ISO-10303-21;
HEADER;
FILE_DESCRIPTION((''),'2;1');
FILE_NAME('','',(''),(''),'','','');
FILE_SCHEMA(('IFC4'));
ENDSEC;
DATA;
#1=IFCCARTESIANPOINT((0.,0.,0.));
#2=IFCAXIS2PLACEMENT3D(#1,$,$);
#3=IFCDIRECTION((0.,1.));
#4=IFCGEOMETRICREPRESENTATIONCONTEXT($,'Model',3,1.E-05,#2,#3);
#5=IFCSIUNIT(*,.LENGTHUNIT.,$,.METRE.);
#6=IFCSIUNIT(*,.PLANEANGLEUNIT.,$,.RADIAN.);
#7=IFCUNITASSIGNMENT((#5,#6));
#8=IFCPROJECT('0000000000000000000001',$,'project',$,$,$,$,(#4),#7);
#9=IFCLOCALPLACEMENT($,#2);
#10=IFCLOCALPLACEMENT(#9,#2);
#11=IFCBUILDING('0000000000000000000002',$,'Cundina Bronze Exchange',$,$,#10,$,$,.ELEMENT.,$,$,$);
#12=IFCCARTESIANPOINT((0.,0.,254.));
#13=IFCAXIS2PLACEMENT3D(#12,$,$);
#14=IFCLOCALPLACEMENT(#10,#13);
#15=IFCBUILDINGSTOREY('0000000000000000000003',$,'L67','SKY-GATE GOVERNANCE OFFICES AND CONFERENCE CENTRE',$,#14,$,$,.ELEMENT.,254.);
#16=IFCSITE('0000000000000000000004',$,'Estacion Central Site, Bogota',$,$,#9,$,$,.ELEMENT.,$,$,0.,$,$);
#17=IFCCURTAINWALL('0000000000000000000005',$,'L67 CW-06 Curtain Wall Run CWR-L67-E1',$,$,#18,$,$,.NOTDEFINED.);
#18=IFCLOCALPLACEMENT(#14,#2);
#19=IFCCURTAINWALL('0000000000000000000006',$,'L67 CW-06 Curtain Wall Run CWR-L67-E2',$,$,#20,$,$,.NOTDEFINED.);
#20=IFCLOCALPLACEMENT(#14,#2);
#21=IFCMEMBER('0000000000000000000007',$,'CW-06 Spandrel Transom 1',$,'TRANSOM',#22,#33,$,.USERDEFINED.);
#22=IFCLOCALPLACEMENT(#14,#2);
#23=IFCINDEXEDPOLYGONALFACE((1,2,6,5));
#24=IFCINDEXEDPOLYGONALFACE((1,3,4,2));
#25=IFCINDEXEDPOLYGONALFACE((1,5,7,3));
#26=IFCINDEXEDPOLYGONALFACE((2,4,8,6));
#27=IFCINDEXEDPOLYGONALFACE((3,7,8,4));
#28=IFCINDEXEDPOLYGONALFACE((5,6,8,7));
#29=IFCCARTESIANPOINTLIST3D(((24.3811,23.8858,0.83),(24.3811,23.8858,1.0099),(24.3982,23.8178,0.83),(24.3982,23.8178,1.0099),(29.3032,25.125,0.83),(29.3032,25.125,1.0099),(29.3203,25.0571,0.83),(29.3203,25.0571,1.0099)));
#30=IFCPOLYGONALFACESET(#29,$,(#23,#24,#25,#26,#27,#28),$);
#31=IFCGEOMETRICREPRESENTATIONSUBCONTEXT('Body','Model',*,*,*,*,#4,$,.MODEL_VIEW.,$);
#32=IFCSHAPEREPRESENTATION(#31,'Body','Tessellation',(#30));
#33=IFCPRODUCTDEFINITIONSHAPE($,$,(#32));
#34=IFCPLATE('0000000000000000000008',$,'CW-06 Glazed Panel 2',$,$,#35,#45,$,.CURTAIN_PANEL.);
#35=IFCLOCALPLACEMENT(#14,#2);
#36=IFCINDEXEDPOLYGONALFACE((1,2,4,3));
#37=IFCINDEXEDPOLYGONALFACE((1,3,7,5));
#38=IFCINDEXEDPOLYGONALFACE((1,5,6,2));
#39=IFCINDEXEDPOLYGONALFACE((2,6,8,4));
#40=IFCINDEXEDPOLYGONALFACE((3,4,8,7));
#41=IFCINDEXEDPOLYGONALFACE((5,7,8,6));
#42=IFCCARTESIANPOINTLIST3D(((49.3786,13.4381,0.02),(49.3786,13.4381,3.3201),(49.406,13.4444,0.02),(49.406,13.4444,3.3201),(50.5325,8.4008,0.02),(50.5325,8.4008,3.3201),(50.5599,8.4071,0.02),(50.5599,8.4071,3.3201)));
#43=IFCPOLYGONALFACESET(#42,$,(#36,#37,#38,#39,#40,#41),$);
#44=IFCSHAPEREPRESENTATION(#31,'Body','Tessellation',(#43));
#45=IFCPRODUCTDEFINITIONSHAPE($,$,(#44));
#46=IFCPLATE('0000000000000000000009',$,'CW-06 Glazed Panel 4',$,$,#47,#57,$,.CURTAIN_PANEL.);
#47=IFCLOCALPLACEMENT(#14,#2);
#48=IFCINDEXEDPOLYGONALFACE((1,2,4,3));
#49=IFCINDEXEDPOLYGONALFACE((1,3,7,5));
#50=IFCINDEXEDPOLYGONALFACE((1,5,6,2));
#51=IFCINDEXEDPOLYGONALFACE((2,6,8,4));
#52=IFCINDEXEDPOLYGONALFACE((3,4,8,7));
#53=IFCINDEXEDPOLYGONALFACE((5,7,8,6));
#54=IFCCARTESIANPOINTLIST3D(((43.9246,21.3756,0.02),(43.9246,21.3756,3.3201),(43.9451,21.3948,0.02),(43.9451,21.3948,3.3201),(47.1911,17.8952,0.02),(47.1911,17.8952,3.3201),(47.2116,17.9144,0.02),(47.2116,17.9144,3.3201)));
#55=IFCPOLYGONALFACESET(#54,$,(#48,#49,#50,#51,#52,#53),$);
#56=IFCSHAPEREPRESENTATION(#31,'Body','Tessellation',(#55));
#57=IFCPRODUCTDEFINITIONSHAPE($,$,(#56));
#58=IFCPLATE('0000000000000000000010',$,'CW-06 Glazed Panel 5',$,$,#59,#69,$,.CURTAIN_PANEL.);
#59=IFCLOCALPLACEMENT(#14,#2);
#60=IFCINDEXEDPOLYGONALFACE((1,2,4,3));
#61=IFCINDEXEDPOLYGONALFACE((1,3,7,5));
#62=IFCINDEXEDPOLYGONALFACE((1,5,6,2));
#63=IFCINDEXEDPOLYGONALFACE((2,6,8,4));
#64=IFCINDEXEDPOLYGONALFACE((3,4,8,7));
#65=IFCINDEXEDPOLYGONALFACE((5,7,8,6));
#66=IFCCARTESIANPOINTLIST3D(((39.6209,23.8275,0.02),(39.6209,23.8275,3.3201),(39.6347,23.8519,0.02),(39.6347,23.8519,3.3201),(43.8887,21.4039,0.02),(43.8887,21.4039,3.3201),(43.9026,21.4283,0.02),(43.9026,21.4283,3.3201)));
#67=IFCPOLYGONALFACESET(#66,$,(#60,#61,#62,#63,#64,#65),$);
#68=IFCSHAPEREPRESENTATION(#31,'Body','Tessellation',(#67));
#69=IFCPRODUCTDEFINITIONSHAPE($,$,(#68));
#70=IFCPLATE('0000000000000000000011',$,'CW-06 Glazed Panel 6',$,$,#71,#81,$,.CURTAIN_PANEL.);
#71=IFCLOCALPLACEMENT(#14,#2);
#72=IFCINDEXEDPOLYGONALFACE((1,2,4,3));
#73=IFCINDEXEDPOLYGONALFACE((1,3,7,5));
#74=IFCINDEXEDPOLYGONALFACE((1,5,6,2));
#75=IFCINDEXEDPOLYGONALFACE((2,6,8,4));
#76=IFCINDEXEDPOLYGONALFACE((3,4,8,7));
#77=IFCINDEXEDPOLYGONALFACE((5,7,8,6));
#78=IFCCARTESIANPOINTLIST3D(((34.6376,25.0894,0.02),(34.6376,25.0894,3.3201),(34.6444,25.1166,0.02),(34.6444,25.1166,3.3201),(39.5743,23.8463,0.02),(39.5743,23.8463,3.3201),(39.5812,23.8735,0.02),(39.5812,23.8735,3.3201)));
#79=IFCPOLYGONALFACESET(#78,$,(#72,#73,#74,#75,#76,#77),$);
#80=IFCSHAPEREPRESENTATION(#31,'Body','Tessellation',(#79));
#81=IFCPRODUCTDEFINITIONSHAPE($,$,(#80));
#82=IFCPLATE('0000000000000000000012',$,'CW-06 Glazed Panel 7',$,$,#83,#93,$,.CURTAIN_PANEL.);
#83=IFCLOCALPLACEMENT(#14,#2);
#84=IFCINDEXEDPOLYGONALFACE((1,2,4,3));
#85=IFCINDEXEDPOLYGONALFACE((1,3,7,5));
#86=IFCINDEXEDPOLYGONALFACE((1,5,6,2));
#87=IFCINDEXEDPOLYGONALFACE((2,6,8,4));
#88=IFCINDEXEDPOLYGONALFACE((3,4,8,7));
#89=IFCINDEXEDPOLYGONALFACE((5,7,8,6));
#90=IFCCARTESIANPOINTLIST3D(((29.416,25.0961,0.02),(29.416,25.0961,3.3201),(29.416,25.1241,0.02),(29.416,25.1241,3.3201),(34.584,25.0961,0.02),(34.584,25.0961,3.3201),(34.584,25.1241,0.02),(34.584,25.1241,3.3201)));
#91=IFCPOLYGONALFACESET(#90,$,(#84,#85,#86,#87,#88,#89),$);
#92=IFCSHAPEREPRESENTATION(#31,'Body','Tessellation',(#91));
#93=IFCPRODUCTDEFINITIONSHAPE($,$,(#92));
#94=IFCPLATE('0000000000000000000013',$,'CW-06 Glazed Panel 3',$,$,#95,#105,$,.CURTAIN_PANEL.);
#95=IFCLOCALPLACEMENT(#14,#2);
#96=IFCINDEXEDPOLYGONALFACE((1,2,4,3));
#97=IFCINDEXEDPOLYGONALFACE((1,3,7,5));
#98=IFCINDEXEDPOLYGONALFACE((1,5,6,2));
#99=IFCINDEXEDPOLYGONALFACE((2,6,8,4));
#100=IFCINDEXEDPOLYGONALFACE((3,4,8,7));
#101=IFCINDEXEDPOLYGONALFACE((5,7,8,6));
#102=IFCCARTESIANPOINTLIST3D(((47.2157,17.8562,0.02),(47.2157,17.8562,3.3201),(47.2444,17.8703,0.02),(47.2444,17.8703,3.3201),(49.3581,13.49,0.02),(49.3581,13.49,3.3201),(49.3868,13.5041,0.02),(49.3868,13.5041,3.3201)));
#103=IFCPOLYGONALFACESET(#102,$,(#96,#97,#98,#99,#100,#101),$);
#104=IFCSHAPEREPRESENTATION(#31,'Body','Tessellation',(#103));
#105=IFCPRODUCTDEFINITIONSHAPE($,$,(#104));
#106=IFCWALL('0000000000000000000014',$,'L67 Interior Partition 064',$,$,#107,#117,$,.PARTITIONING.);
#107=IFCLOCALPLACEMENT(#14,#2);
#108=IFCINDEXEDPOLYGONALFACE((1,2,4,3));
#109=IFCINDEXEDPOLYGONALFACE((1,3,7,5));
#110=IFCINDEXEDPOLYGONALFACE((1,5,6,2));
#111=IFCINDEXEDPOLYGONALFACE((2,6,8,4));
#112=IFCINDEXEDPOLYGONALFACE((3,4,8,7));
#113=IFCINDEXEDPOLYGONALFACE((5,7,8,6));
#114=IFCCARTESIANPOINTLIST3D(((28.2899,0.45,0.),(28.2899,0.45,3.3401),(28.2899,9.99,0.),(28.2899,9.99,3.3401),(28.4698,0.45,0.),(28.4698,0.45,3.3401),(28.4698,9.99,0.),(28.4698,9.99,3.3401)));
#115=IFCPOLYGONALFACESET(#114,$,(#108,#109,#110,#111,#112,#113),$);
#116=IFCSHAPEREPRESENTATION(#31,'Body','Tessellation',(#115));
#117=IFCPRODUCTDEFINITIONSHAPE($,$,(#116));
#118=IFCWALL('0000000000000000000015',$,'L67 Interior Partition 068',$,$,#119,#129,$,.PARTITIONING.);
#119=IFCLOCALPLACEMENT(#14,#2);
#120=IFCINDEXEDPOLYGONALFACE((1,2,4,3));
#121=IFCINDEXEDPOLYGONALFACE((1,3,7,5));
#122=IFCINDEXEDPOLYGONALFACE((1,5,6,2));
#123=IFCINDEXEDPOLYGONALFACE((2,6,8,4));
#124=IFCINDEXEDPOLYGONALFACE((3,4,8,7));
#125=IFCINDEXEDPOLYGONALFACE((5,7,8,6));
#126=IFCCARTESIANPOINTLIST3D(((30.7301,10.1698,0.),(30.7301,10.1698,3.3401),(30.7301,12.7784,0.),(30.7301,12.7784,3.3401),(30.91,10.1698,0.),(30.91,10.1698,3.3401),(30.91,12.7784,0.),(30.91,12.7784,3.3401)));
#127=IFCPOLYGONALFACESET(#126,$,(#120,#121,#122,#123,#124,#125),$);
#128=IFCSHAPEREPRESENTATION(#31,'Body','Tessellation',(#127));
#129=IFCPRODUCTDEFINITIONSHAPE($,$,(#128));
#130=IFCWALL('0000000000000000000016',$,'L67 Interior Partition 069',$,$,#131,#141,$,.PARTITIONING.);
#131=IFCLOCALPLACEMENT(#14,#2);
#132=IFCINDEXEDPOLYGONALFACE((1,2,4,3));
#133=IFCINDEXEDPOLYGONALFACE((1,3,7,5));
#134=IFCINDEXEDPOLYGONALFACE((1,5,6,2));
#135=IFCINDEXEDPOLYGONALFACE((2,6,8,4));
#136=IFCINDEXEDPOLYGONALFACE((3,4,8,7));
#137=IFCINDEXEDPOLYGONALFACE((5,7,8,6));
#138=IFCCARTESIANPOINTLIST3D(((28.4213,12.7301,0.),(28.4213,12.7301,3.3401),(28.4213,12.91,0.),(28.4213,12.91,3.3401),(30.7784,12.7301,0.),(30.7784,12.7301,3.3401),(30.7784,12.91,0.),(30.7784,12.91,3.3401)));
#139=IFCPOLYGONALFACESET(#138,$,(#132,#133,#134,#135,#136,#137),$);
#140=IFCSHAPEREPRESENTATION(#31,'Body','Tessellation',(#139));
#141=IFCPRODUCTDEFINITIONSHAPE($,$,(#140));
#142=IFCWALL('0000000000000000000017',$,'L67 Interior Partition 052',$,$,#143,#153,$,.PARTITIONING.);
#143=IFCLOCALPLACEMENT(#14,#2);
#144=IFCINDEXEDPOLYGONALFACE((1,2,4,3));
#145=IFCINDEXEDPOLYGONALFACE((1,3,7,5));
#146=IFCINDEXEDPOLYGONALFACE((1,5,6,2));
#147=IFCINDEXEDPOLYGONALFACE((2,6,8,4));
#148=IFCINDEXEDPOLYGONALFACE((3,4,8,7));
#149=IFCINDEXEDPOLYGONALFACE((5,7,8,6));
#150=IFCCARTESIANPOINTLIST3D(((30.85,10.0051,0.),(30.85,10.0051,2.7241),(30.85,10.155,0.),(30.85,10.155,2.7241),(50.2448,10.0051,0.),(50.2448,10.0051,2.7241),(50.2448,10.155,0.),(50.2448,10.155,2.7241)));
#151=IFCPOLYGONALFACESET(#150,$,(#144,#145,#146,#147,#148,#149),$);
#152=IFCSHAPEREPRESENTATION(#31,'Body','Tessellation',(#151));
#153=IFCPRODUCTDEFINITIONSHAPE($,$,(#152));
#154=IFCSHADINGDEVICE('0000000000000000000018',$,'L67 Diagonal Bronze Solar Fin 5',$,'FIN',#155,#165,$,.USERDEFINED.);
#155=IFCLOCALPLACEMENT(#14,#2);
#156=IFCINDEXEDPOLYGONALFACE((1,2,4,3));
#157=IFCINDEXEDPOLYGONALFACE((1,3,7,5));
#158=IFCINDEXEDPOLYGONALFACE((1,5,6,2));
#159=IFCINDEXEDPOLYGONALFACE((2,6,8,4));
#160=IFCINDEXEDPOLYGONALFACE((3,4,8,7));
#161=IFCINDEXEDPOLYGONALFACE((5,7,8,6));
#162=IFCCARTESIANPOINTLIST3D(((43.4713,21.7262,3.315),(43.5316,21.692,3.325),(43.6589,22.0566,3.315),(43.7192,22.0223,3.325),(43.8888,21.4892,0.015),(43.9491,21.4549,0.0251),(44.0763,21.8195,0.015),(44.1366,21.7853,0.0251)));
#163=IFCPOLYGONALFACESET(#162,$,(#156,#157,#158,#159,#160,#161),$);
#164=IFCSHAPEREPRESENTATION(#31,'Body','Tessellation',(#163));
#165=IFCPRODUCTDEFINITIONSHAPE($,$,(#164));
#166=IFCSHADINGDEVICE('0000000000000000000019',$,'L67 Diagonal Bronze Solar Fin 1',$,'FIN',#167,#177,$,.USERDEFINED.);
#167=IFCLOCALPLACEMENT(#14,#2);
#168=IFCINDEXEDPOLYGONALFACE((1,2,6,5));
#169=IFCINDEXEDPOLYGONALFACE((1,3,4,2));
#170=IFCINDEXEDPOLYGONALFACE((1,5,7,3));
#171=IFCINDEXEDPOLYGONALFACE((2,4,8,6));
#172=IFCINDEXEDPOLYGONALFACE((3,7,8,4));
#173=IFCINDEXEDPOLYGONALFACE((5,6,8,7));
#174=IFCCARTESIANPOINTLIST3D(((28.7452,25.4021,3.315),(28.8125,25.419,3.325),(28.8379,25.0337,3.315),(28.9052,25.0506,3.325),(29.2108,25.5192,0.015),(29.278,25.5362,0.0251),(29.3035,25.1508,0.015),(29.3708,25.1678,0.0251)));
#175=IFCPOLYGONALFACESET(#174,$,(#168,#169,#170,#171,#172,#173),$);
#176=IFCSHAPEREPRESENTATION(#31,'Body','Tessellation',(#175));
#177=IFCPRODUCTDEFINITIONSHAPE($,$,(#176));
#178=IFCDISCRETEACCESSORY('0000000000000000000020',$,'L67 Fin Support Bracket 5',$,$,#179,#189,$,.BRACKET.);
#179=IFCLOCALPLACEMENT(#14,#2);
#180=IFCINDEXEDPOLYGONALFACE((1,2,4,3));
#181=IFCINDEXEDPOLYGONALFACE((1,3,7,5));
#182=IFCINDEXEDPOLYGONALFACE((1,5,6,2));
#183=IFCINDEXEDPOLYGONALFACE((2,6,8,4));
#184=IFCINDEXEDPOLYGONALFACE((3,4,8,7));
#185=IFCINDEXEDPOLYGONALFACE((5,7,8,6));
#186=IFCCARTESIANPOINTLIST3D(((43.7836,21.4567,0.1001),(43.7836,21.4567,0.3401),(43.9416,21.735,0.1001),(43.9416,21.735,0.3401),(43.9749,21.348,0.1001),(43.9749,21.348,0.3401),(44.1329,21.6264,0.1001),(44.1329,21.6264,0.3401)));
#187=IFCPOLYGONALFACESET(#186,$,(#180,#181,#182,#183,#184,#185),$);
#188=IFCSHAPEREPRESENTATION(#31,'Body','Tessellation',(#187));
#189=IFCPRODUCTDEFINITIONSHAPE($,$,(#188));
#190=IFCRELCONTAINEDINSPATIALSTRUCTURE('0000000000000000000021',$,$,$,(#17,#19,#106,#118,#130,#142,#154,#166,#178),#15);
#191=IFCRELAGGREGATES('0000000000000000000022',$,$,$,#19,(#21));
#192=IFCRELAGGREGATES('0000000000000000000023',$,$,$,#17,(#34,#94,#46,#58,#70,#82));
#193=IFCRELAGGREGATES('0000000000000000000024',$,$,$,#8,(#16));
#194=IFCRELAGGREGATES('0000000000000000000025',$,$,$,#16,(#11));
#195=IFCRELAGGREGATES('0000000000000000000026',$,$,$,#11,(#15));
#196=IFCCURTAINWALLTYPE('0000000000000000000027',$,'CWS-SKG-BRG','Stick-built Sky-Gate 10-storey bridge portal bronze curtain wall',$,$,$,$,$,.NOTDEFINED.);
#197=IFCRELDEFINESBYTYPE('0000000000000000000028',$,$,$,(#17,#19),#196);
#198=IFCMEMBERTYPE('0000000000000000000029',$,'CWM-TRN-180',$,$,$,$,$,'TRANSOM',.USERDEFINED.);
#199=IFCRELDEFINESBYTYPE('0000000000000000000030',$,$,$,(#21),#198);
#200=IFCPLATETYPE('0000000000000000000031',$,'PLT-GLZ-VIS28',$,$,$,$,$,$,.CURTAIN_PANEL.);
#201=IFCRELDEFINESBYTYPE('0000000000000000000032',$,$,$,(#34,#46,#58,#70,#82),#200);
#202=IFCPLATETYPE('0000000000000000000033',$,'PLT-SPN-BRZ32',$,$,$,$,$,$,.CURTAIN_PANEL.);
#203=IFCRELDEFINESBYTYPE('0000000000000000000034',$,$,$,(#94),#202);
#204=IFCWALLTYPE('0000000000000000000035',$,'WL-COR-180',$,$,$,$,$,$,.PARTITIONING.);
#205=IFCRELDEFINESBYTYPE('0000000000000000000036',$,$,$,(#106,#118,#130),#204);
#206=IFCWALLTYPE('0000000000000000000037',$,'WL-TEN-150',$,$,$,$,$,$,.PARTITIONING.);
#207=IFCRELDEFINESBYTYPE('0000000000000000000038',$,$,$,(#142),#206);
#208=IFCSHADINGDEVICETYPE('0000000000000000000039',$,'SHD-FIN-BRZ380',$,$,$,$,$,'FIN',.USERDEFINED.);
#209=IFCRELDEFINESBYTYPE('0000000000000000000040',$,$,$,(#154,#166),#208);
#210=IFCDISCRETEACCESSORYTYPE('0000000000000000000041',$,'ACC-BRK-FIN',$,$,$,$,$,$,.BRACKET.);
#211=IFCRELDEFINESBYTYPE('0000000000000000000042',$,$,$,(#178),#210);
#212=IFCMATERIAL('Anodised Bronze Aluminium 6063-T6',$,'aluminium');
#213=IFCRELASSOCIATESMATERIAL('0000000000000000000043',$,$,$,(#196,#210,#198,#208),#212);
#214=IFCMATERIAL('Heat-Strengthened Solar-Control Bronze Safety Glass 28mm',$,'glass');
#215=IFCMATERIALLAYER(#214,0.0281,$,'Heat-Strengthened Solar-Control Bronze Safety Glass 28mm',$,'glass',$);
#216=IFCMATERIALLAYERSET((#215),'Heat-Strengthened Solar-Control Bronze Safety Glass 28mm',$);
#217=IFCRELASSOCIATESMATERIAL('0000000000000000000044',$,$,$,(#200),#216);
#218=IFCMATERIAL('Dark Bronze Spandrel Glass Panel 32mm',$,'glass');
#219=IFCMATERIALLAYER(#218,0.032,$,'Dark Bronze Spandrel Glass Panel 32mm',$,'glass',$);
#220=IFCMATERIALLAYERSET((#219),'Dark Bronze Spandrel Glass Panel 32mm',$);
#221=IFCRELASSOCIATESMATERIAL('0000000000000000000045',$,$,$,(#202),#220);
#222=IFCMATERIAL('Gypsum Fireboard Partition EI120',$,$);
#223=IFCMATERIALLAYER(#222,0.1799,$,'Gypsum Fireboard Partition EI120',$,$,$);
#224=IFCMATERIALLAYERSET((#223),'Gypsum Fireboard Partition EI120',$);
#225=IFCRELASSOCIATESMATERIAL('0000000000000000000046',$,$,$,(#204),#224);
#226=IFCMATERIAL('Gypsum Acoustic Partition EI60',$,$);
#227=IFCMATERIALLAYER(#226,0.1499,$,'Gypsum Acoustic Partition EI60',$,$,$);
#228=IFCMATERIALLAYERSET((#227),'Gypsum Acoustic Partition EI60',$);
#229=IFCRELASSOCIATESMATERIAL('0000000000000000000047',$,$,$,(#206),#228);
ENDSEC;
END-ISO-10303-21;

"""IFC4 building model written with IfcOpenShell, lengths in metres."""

from ifc_helpers import new_model, si_unit, direction, frame, frame_2d, origin, origin_2d, place, context, subcontext, project, spatial, rectangle, extrude, material, layer, layer_set, material_profile, profile_set, type_object, element, aggregate, save


model = new_model("IFC4")

# Units and contexts
model_context = context("Model", 3, precision=1e-05, world=origin(), true_north=direction((0.0, 1.0)))
body_context = subcontext(model_context, "Body", "Model", "MODEL_VIEW")
ifc_project = project(units=[si_unit("LENGTHUNIT", "METRE"), si_unit("PLANEANGLEUNIT", "RADIAN")], contexts=[model_context])

# Site, building, storey
site_placement = place(None, origin())
site = spatial("IfcSite", under=ifc_project, at=site_placement, Name="Estacion Central Site, Bogota", CompositionType="ELEMENT", RefElevation=0.0)
building_placement = place(site_placement, origin())
building = spatial("IfcBuilding", under=site, at=building_placement, Name="Cundina Bronze Exchange", CompositionType="ELEMENT")
storey_placement = place(building_placement, frame((0.0, 0.0, 254.0)))
storey = spatial("IfcBuildingStorey", under=building, at=storey_placement, Name="L67", Description="SKY-GATE GOVERNANCE OFFICES AND CONFERENCE CENTRE", CompositionType="ELEMENT", Elevation=254.0)

# Curtain wall
ifc_material_1 = material(Name="Anodised Bronze Aluminium 6063-T6", Category="aluminium")
curtain_wall_type = type_object("IfcCurtainWallType", Name="CWS-SKG-BRG", Description="Stick-built Sky-Gate 10-storey bridge portal bronze curtain wall", PredefinedType="NOTDEFINED", material=ifc_material_1)
curtain_wall_1_placement = place(storey_placement, origin())
curtain_wall_1 = element("IfcCurtainWall", 1, at=curtain_wall_1_placement, inside=storey, type_object=curtain_wall_type, Name="L67 CW-06 Curtain Wall Run CWR-L67-E1", PredefinedType="NOTDEFINED")

# Curtain wall
curtain_wall_2_placement = place(storey_placement, origin())
curtain_wall_2 = element("IfcCurtainWall", 2, at=curtain_wall_2_placement, inside=storey, type_object=curtain_wall_type, Name="L67 CW-06 Curtain Wall Run CWR-L67-E2", PredefinedType="NOTDEFINED")

# Member
ifc_material_profile_1 = material_profile(ifc_material_1, rectangle(XDim=0.0701, YDim=0.1799, at=origin_2d()), Name="AL70X180", Category="aluminium")
ifc_profile_set_1 = profile_set([ifc_material_profile_1], Name="Anodised Bronze Aluminium 6063-T6")
member_type_1 = type_object("IfcMemberType", Name="CWM-TRN-180", ElementType="TRANSOM", PredefinedType="USERDEFINED", material=ifc_profile_set_1)
member_1_placement = place(storey_placement, frame((29.3118, 25.0911, 0.9199), z_axis=(-0.969737, -0.244154, 0.0), x_axis=(0.244154, -0.969737, 0.0)))
member_1 = element("IfcMember", 3, at=member_1_placement, type_object=member_type_1, Name="CW-06 Spandrel Transom 1", ObjectType="TRANSOM", PredefinedType="USERDEFINED", context=body_context, shape_type="SweptSolid", body=[
    extrude(rectangle(XDim=0.0701, YDim=0.1799, at=origin_2d()), origin(), (0.0, 0.0, 1.0), 5.0757),
])
aggregate(curtain_wall_2, [member_1])

# Plates
ifc_material_2 = material(Name="Heat-Strengthened Solar-Control Bronze Safety Glass 28mm", Category="glass")
ifc_layer_1 = layer(ifc_material_2, 0.0281, Name="Heat-Strengthened Solar-Control Bronze Safety Glass 28mm", Category="glass")
ifc_layer_set_1 = layer_set([ifc_layer_1], Name="Heat-Strengthened Solar-Control Bronze Safety Glass 28mm")
plate_type_1 = type_object("IfcPlateType", Name="PLT-GLZ-VIS28", PredefinedType="CURTAIN_PANEL", material=ifc_layer_set_1)
plate_1_placement = place(storey_placement, frame((49.9692, 10.9226, 0.02), z_axis=(0.0, 0.0, 1.0), x_axis=(-0.223284, 0.974753, 0.0)))
plate_1 = element("IfcPlate", 4, at=plate_1_placement, type_object=plate_type_1, Name="CW-06 Glazed Panel 2", PredefinedType="CURTAIN_PANEL", context=body_context, shape_type="SweptSolid", body=[
    extrude(rectangle(XDim=5.1677, YDim=0.0281, at=origin_2d()), origin(), (0.0, 0.0, 1.0), 3.3),
])
plate_2_placement = place(storey_placement, frame((45.5681, 19.645, 0.02), z_axis=(0.0, 0.0, 1.0), x_axis=(-0.684344, 0.72916, 0.0)))
plate_2 = element("IfcPlate", 5, at=plate_2_placement, type_object=plate_type_1, Name="CW-06 Glazed Panel 4", PredefinedType="CURTAIN_PANEL", context=body_context, shape_type="SweptSolid", body=[
    extrude(rectangle(XDim=4.7732, YDim=0.0281, at=origin_2d()), origin(), (0.0, 0.0, 1.0), 3.3),
])
plate_3_placement = place(storey_placement, frame((41.7617, 22.6279, 0.02), z_axis=(0.0, 0.0, 1.0), x_axis=(-0.869573, 0.493805, 0.0)))
plate_3 = element("IfcPlate", 6, at=plate_3_placement, type_object=plate_type_1, Name="CW-06 Glazed Panel 5", PredefinedType="CURTAIN_PANEL", context=body_context, shape_type="SweptSolid", body=[
    extrude(rectangle(XDim=4.908, YDim=0.0281, at=origin_2d()), origin(), (0.0, 0.0, 1.0), 3.3),
])
plate_4_placement = place(storey_placement, frame((37.1094, 24.4814, 0.02), z_axis=(0.0, 0.0, 1.0), x_axis=(-0.969732, 0.244174, 0.0)))
plate_4 = element("IfcPlate", 7, at=plate_4_placement, type_object=plate_type_1, Name="CW-06 Glazed Panel 6", PredefinedType="CURTAIN_PANEL", context=body_context, shape_type="SweptSolid", body=[
    extrude(rectangle(XDim=5.0908, YDim=0.0281, at=origin_2d()), origin(), (0.0, 0.0, 1.0), 3.3),
])
plate_5_placement = place(storey_placement, frame((32.0, 25.1101, 0.02), z_axis=(0.0, 0.0, 1.0), x_axis=(-1.0, 0.0, 0.0)))
plate_5 = element("IfcPlate", 8, at=plate_5_placement, type_object=plate_type_1, Name="CW-06 Glazed Panel 7", PredefinedType="CURTAIN_PANEL", context=body_context, shape_type="SweptSolid", body=[
    extrude(rectangle(XDim=5.168, YDim=0.0281, at=origin_2d()), origin(), (0.0, 0.0, 1.0), 3.3),
])
ifc_material_3 = material(Name="Dark Bronze Spandrel Glass Panel 32mm", Category="glass")
ifc_layer_2 = layer(ifc_material_3, 0.032, Name="Dark Bronze Spandrel Glass Panel 32mm", Category="glass")
ifc_layer_set_2 = layer_set([ifc_layer_2], Name="Dark Bronze Spandrel Glass Panel 32mm")
plate_type_2 = type_object("IfcPlateType", Name="PLT-SPN-BRZ32", PredefinedType="CURTAIN_PANEL", material=ifc_layer_set_2)
plate_6_placement = place(storey_placement, frame((48.3013, 15.6802, 0.02), z_axis=(0.0, 0.0, 1.0), x_axis=(-0.440503, 0.897751, 0.0)))
plate_6 = element("IfcPlate", 9, at=plate_6_placement, type_object=plate_type_2, Name="CW-06 Glazed Panel 3", PredefinedType="CURTAIN_PANEL", context=body_context, shape_type="SweptSolid", body=[
    extrude(rectangle(XDim=4.8635, YDim=0.032, at=origin_2d()), origin(), (0.0, 0.0, 1.0), 3.3),
])
aggregate(curtain_wall_1, [plate_1, plate_6, plate_2, plate_3, plate_4, plate_5])

# Wall
ifc_material_4 = material(Name="Gypsum Fireboard Partition EI120")
ifc_layer_3 = layer(ifc_material_4, 0.1799, Name="Gypsum Fireboard Partition EI120")
ifc_layer_set_3 = layer_set([ifc_layer_3], Name="Gypsum Fireboard Partition EI120")
wall_type_1 = type_object("IfcWallType", Name="WL-COR-180", PredefinedType="PARTITIONING", material=ifc_layer_set_3)
wall_1_placement = place(storey_placement, frame((28.3799, 9.99, 0.0), z_axis=(0.0, 0.0, 1.0), x_axis=(0.0, -1.0, 0.0)))
element("IfcWall", 10, at=wall_1_placement, inside=storey, type_object=wall_type_1, Name="L67 Interior Partition 064", PredefinedType="PARTITIONING", context=body_context, shape_type="SweptSolid", body=[
    extrude(rectangle(XDim=9.54, YDim=0.1799, at=frame_2d((4.77, 0.0))), origin(), (0.0, 0.0, 1.0), 3.3401),
])

# Walls
wall_2_placement = place(storey_placement, frame((30.8201, 10.1699, 0.0), z_axis=(0.0, 0.0, 1.0), x_axis=(0.0, 1.0, 0.0)))
element("IfcWall", 11, at=wall_2_placement, inside=storey, type_object=wall_type_1, Name="L67 Interior Partition 068", PredefinedType="PARTITIONING", context=body_context, shape_type="SweptSolid", body=[
    extrude(rectangle(XDim=2.6086, YDim=0.1799, at=frame_2d((1.3042, 0.0))), origin(), (0.0, 0.0, 1.0), 3.3401),
])
wall_3_placement = place(storey_placement, frame((30.7786, 12.8201, 0.0), z_axis=(0.0, 0.0, 1.0), x_axis=(-1.0, 0.0, 0.0)))
element("IfcWall", 12, at=wall_3_placement, inside=storey, type_object=wall_type_1, Name="L67 Interior Partition 069", PredefinedType="PARTITIONING", context=body_context, shape_type="SweptSolid", body=[
    extrude(rectangle(XDim=2.3572, YDim=0.1799, at=frame_2d((1.1787, 0.0))), origin(), (0.0, 0.0, 1.0), 3.3401),
])
ifc_material_5 = material(Name="Gypsum Acoustic Partition EI60")
ifc_layer_4 = layer(ifc_material_5, 0.1499, Name="Gypsum Acoustic Partition EI60")
ifc_layer_set_4 = layer_set([ifc_layer_4], Name="Gypsum Acoustic Partition EI60")
wall_type_2 = type_object("IfcWallType", Name="WL-TEN-150", PredefinedType="PARTITIONING", material=ifc_layer_set_4)
wall_4_placement = place(storey_placement, frame((30.8501, 10.0801, 0.0), z_axis=(0.0, 0.0, 1.0), x_axis=(1.0, 0.0, 0.0)))
element("IfcWall", 13, at=wall_4_placement, inside=storey, type_object=wall_type_2, Name="L67 Interior Partition 052", PredefinedType="PARTITIONING", context=body_context, shape_type="SweptSolid", body=[
    extrude(rectangle(XDim=19.3948, YDim=0.1499, at=frame_2d((9.6973, 0.0))), origin(), (0.0, 0.0, 1.0), 2.7241),
])

# Shading devices
ifc_material_profile_2 = material_profile(ifc_material_1, rectangle(XDim=0.0701, YDim=0.3799, at=origin_2d()), Name="FIN70X380", Category="aluminium")
ifc_profile_set_2 = profile_set([ifc_material_profile_2], Name="Anodised Bronze Aluminium 6063-T6")
shading_device_type = type_object("IfcShadingDeviceType", Name="SHD-FIN-BRZ380", ElementType="FIN", PredefinedType="USERDEFINED", material=ifc_profile_set_2)
for number, where, z_axis, x_axis, name in (
    (14, (44.0127, 21.6372, 0.02), (-0.12519, 0.071087, 0.989583), (0.860527, -0.488638, 0.143965), "L67 Diagonal Bronze Solar Fin 5"),
    (15, (29.2908, 25.3435, 0.02), (-0.139612, -0.035141, 0.989583), (0.95965, 0.241548, 0.143967), "L67 Diagonal Bronze Solar Fin 1"),
):
    element("IfcShadingDevice", number, at=place(storey_placement, frame(where, z_axis=z_axis, x_axis=x_axis)), inside=storey, type_object=shading_device_type, Name=name, ObjectType="FIN", PredefinedType="USERDEFINED", context=body_context, shape_type="SweptSolid", body=[
        extrude(rectangle(XDim=0.0701, YDim=0.3799, at=origin_2d()), origin(), (0.0, 0.0, 1.0), 3.3347),
    ])

# Discrete accessory
discrete_accessory_type = type_object("IfcDiscreteAccessoryType", Name="ACC-BRK-FIN", PredefinedType="BRACKET", material=ifc_material_1)
for number, where, z_axis, x_axis, name in (
    (16, (43.9583, 21.5415, 0.1001), (0.0, 0.0, 1.0), (-0.869573, 0.493805, 0.0), "L67 Fin Support Bracket 5"),
):
    element("IfcDiscreteAccessory", number, at=place(storey_placement, frame(where, z_axis=z_axis, x_axis=x_axis)), inside=storey, type_object=discrete_accessory_type, Name=name, PredefinedType="BRACKET", context=body_context, shape_type="SweptSolid", body=[
        extrude(rectangle(XDim=0.22, YDim=0.3201, at=origin_2d()), origin(), (0.0, 0.0, 1.0), 0.24),
    ])

save(model, "model.ifc")
